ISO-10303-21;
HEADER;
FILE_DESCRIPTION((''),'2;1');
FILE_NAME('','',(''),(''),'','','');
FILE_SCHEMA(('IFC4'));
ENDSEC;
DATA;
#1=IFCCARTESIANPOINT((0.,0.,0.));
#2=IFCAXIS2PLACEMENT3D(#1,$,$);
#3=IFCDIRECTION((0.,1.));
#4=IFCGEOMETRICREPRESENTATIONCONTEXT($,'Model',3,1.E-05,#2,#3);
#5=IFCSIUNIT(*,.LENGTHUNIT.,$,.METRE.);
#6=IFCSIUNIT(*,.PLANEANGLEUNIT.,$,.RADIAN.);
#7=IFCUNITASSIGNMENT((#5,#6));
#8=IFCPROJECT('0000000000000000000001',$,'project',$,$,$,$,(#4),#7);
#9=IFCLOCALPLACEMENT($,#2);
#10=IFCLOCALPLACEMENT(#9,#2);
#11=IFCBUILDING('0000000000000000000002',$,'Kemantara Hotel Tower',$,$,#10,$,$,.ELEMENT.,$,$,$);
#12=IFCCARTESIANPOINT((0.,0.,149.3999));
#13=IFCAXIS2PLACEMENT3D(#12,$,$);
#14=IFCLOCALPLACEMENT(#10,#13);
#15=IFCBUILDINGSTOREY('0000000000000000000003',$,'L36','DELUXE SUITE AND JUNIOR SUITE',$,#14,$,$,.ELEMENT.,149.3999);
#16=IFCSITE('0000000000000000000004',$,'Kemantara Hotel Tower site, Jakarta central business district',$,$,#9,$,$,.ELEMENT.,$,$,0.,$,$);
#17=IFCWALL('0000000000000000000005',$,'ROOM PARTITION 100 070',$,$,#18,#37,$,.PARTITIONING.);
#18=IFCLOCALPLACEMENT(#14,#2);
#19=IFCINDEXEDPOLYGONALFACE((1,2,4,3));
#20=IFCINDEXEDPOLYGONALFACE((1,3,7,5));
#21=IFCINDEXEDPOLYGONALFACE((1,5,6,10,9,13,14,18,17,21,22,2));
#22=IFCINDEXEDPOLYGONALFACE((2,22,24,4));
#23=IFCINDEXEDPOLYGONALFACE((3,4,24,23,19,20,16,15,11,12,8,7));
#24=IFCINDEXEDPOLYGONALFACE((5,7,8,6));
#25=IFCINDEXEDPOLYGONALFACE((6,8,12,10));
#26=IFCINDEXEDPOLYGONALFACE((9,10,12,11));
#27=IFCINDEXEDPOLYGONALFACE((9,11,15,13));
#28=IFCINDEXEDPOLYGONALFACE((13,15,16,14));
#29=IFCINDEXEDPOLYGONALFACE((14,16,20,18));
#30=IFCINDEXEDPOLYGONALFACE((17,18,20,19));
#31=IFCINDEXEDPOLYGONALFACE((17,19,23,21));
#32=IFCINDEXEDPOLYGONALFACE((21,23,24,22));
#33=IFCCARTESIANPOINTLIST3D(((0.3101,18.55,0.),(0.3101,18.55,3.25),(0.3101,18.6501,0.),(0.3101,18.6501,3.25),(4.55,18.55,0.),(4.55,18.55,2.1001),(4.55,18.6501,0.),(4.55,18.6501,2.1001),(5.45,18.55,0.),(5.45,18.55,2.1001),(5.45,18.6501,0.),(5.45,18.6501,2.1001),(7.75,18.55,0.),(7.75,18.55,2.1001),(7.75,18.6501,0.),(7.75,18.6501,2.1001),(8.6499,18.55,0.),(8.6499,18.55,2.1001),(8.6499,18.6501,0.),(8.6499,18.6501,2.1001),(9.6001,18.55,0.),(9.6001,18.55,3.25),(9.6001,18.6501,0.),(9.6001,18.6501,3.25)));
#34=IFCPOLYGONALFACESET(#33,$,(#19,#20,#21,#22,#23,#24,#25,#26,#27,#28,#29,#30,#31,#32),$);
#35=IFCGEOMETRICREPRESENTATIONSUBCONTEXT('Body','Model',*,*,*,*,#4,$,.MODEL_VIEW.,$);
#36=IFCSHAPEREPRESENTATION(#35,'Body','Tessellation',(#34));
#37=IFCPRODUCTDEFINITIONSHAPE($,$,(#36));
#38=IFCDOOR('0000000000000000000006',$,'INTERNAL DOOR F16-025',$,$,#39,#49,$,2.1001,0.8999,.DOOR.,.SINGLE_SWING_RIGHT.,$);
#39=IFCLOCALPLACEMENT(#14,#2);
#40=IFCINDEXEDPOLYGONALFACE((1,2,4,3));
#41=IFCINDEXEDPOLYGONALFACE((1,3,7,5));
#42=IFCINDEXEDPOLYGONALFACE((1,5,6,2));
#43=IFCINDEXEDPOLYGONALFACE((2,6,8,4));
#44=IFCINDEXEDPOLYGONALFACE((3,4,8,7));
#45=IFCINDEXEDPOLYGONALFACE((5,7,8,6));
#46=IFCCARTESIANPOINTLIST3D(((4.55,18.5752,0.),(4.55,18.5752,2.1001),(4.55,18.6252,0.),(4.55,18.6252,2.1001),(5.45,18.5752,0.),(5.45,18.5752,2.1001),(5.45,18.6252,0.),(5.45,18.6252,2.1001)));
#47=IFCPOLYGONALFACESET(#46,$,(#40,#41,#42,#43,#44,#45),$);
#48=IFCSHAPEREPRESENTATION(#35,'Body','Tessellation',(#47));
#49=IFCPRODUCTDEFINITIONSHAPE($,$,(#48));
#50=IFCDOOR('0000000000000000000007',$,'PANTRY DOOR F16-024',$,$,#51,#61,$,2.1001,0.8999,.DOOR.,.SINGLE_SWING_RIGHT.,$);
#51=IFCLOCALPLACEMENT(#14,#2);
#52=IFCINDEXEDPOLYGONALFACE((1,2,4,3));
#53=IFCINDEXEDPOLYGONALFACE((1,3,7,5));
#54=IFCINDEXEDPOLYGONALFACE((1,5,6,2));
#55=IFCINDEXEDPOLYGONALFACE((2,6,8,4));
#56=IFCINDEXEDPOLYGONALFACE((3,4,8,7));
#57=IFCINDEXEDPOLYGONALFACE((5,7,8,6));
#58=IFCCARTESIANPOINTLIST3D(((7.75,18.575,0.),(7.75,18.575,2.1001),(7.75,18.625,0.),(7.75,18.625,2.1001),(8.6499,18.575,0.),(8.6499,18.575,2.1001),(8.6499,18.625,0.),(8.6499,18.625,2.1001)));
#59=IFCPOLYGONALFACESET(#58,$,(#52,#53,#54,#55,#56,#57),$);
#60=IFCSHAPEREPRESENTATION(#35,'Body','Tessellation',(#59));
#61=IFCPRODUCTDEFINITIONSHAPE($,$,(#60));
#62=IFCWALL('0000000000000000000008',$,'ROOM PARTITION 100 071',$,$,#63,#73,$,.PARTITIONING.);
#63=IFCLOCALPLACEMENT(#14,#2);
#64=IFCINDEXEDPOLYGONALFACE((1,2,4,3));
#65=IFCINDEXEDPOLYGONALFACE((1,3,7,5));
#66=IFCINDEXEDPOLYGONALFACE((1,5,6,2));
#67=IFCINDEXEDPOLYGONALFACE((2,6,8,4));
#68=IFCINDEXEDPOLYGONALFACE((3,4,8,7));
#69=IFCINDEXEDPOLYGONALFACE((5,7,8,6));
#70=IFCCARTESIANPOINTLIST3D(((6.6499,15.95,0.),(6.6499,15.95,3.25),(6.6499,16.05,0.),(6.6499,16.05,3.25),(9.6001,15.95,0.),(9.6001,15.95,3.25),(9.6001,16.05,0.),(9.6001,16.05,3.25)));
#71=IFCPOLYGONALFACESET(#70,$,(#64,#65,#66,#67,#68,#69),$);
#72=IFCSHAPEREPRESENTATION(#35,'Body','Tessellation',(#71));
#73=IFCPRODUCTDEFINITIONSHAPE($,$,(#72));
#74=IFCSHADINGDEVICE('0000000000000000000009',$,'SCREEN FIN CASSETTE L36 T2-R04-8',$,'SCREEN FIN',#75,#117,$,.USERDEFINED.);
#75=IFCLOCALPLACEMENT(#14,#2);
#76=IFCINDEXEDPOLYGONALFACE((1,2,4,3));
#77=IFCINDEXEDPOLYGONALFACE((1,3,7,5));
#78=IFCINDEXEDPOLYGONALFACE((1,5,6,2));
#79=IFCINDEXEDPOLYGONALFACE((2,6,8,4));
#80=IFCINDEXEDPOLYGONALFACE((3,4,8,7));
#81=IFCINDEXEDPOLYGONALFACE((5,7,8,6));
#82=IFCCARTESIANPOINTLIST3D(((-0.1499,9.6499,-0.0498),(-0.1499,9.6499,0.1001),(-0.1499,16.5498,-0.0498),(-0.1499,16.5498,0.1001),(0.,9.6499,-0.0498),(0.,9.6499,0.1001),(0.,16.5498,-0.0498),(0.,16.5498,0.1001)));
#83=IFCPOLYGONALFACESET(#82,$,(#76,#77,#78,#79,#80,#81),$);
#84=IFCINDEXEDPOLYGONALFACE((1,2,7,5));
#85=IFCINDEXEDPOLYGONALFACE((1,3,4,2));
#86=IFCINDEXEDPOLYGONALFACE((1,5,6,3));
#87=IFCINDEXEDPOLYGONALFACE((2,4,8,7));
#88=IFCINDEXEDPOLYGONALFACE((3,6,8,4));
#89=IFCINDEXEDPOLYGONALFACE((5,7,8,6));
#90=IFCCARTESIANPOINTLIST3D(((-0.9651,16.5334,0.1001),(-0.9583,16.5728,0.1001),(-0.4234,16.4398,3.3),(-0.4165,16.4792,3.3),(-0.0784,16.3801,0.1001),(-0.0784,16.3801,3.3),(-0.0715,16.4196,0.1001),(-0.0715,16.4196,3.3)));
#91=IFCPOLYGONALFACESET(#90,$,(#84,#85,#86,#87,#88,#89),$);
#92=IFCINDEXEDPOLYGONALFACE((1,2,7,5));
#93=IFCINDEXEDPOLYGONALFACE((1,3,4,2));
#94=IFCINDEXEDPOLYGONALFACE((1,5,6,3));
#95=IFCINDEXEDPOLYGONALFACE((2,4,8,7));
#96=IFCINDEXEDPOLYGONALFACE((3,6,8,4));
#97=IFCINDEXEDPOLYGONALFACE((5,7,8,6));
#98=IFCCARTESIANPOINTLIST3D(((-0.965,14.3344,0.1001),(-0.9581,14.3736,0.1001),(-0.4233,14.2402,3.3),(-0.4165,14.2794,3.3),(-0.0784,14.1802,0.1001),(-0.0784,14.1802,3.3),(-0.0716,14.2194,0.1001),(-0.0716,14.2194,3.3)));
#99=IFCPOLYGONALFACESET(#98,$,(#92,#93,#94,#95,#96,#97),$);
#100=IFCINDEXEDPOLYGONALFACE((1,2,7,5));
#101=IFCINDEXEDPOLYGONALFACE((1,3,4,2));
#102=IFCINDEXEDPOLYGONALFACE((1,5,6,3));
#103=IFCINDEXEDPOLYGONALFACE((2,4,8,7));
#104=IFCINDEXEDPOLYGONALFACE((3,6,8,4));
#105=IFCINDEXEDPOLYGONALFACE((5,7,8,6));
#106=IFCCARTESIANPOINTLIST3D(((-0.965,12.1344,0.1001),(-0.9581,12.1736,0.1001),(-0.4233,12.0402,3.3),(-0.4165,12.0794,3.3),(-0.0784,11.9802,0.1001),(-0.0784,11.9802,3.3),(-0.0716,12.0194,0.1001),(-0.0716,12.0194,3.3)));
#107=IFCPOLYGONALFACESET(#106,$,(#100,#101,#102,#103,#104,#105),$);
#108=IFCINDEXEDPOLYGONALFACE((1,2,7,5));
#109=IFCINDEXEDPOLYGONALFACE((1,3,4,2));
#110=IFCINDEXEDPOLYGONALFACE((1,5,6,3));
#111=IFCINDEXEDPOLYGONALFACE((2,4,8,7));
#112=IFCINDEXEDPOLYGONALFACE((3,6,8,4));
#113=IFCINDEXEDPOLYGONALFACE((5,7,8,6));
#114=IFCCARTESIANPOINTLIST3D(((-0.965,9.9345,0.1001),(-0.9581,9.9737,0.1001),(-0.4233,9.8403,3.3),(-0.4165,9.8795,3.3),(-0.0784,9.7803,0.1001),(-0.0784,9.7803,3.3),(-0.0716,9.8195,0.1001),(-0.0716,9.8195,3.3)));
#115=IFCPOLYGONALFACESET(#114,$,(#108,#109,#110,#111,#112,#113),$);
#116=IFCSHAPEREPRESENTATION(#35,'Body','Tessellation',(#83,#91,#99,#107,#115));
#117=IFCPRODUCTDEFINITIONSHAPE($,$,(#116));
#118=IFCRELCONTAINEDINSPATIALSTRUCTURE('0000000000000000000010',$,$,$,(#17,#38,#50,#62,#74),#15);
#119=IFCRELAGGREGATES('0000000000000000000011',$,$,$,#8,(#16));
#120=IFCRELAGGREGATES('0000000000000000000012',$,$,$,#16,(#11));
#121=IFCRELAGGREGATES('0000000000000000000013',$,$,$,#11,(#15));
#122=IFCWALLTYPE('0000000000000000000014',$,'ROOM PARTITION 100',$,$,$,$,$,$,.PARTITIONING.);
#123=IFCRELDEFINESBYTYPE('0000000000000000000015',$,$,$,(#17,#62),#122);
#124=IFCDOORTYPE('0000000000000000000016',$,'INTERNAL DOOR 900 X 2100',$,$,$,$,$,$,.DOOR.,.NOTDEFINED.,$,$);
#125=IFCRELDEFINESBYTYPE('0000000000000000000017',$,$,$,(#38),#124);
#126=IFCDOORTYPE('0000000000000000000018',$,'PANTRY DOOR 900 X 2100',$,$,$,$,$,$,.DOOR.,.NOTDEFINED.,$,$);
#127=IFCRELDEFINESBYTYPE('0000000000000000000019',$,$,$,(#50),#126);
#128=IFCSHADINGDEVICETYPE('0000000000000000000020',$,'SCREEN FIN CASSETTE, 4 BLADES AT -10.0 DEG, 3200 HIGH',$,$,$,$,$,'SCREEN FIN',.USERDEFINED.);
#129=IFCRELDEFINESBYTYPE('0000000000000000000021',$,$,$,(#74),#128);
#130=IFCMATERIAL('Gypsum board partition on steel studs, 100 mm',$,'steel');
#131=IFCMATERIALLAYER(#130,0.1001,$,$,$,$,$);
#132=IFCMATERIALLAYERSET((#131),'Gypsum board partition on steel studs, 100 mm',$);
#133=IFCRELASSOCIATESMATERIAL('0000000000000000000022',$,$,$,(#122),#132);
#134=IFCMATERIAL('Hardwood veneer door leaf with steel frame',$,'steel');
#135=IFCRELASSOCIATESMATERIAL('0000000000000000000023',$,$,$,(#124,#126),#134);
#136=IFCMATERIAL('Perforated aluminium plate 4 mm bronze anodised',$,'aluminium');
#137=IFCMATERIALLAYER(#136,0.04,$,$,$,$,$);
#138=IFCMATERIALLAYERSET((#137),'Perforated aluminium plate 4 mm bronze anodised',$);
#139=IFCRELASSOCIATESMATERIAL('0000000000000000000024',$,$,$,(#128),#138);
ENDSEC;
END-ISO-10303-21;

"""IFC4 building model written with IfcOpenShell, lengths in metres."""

from ifc_helpers import new_model, si_unit, direction, frame, frame_2d, origin, origin_2d, place, context, subcontext, project, spatial, polyline, rectangle, outline, extrude, source, transform, mapped, material, layer, layer_set, type_object, element, fill, save


model = new_model("IFC4")

# Units and contexts
model_context = context("Model", 3, precision=1e-05, world=origin(), true_north=direction((0.0, 1.0)))
body_context = subcontext(model_context, "Body", "Model", "MODEL_VIEW")
ifc_project = project(units=[si_unit("LENGTHUNIT", "METRE"), si_unit("PLANEANGLEUNIT", "RADIAN")], contexts=[model_context])

# Site, building, storey
site_placement = place(None, origin())
site = spatial("IfcSite", under=ifc_project, at=site_placement, Name="Kemantara Hotel Tower site, Jakarta central business district", CompositionType="ELEMENT", RefElevation=0.0)
building_placement = place(site_placement, origin())
building = spatial("IfcBuilding", under=site, at=building_placement, Name="Kemantara Hotel Tower", CompositionType="ELEMENT")
storey_placement = place(building_placement, frame((0.0, 0.0, 149.3999)))
storey = spatial("IfcBuildingStorey", under=building, at=storey_placement, Name="L36", Description="DELUXE SUITE AND JUNIOR SUITE", CompositionType="ELEMENT", Elevation=149.3999)

# Shared definitions
ifc_material_1 = material(Name="Hardwood veneer door leaf with steel frame", Category="steel")

# Shared definitions
ifc_material_2 = material(Name="Gypsum board partition on steel studs, 100 mm", Category="steel")
ifc_layer_1 = layer(ifc_material_2, 0.1001)
ifc_layer_set_1 = layer_set([ifc_layer_1], Name="Gypsum board partition on steel studs, 100 mm")
wall_type_1 = type_object("IfcWallType", Name="ROOM PARTITION 100", PredefinedType="PARTITIONING", material=ifc_layer_set_1)

# Wall, openings, doors
wall_1_placement = place(storey_placement, frame((0.3101, 18.6001, 0.0), z_axis=(0.0, 0.0, 1.0), x_axis=(1.0, 0.0, 0.0)))
wall_1 = element("IfcWall", 1, at=wall_1_placement, inside=storey, type_object=wall_type_1, Name="ROOM PARTITION 100 070", PredefinedType="PARTITIONING", context=body_context, shape_type="SweptSolid", body=[
    extrude(rectangle(XDim=9.29, YDim=0.1001, at=frame_2d((4.645, 0.0))), origin(), (0.0, 0.0, 1.0), 3.25),
])
opening_1_placement = place(wall_1_placement, frame((7.4399, 0.0, 0.0)))
opening_1 = element("IfcOpeningElement", 2, at=opening_1_placement, cuts=wall_1, PredefinedType="OPENING", context=body_context, shape_type="SweptSolid", body=[
    extrude(rectangle(XDim=0.8999, YDim=2.1001, at=frame_2d((0.45, 1.05))), frame((0.0, 0.0601, 0.0), z_axis=(0.0, -1.0, 0.0), x_axis=(1.0, 0.0, 0.0)), (0.0, 0.0, 1.0), 0.1201),
])
opening_2_placement = place(wall_1_placement, frame((4.24, 0.0, 0.0)))
opening_2 = element("IfcOpeningElement", 3, at=opening_2_placement, cuts=wall_1, PredefinedType="OPENING", context=body_context, shape_type="SweptSolid", body=[
    extrude(rectangle(XDim=0.8999, YDim=2.1001, at=frame_2d((0.45, 1.05))), frame((0.0, 0.0601, 0.0), z_axis=(0.0, -1.0, 0.0), x_axis=(1.0, 0.0, 0.0)), (0.0, 0.0, 1.0), 0.1201),
])
door_type_1 = type_object("IfcDoorType", Name="INTERNAL DOOR 900 X 2100", OperationType="NOTDEFINED", PredefinedType="DOOR", material=ifc_material_1)
door_1_placement = place(opening_2_placement, frame((0.8999, 0.0, 0.0), z_axis=(0.0, 0.0, 1.0), x_axis=(-1.0, 0.0, 0.0)))
door_1 = element("IfcDoor", 4, at=door_1_placement, inside=storey, type_object=door_type_1, Name="INTERNAL DOOR F16-025", OperationType="SINGLE_SWING_RIGHT", OverallHeight=2.1001, OverallWidth=0.8999, PredefinedType="DOOR", context=body_context, shape_type="SweptSolid", body=[
    extrude(rectangle(XDim=0.8999, YDim=2.1001, at=frame_2d((0.45, 1.05))), frame((0.0, 0.0249, 0.0), z_axis=(0.0, -1.0, 0.0), x_axis=(1.0, 0.0, 0.0)), (0.0, 0.0, 1.0), 0.05),
])
fill(opening_2, door_1)
door_type_2 = type_object("IfcDoorType", Name="PANTRY DOOR 900 X 2100", OperationType="NOTDEFINED", PredefinedType="DOOR", material=ifc_material_1)
door_2_placement = place(opening_1_placement, origin())
door_2 = element("IfcDoor", 5, at=door_2_placement, inside=storey, type_object=door_type_2, Name="PANTRY DOOR F16-024", OperationType="SINGLE_SWING_RIGHT", OverallHeight=2.1001, OverallWidth=0.8999, PredefinedType="DOOR", context=body_context, shape_type="SweptSolid", body=[
    extrude(rectangle(XDim=0.8999, YDim=2.1001, at=frame_2d((0.45, 1.05))), frame((0.0, 0.0249, 0.0), z_axis=(0.0, -1.0, 0.0), x_axis=(1.0, 0.0, 0.0)), (0.0, 0.0, 1.0), 0.05),
])
fill(opening_1, door_2)

# Wall
wall_2_placement = place(storey_placement, frame((6.6499, 16.0, 0.0), z_axis=(0.0, 0.0, 1.0), x_axis=(1.0, 0.0, 0.0)))
element("IfcWall", 6, at=wall_2_placement, inside=storey, type_object=wall_type_1, Name="ROOM PARTITION 100 071", PredefinedType="PARTITIONING", context=body_context, shape_type="SweptSolid", body=[
    extrude(rectangle(XDim=2.9502, YDim=0.1001, at=frame_2d((1.4751, 0.0))), origin(), (0.0, 0.0, 1.0), 3.25),
])

# Shading device
ifc_material_3 = material(Name="Perforated aluminium plate 4 mm bronze anodised", Category="aluminium")
ifc_layer_2 = layer(ifc_material_3, 0.04)
ifc_layer_set_2 = layer_set([ifc_layer_2], Name="Perforated aluminium plate 4 mm bronze anodised")
shading_device_type = type_object("IfcShadingDeviceType", Name="SCREEN FIN CASSETTE, 4 BLADES AT -10.0 DEG, 3200 HIGH", ElementType="SCREEN FIN", PredefinedType="USERDEFINED", material=ifc_layer_set_2)
shared_shape = source(origin(), body_context, "Body", "SweptSolid", [
    extrude(rectangle(XDim=6.8999, YDim=0.1499, at=origin_2d()), frame((3.3, -0.075, -0.1499), z_axis=(0.0, 0.0, 1.0), x_axis=(1.0, 0.0, 0.0)), (0.0, 0.0, 1.0), 0.1499),
    extrude(outline(polyline([(0.0, 0.0), (0.8999, 0.0), (0.3501, 3.2), (0.0, 3.2), (0.0, 0.0)])), frame((0.0198, -0.0784, 0.0), z_axis=(-0.98539, 0.170314, 0.0), x_axis=(-0.170314, -0.98539, 0.0)), (0.0, 0.0, 1.0), 0.04),
    extrude(outline(polyline([(0.0, 0.0), (0.8999, 0.0), (0.3501, 3.2), (0.0, 3.2), (0.0, 0.0)])), frame((2.2197, -0.0784, 0.0), z_axis=(-0.985212, 0.171341, 0.0), x_axis=(-0.171341, -0.985212, 0.0)), (0.0, 0.0, 1.0), 0.0398),
    extrude(outline(polyline([(0.0, 0.0), (0.8999, 0.0), (0.3501, 3.2), (0.0, 3.2), (0.0, 0.0)])), frame((4.4197, -0.0784, 0.0), z_axis=(-0.985212, 0.171341, 0.0), x_axis=(-0.171341, -0.985212, 0.0)), (0.0, 0.0, 1.0), 0.0398),
    extrude(outline(polyline([(0.0, 0.0), (0.8999, 0.0), (0.3501, 3.2), (0.0, 3.2), (0.0, 0.0)])), frame((6.6196, -0.0784, 0.0), z_axis=(-0.985212, 0.171341, 0.0), x_axis=(-0.171341, -0.985212, 0.0)), (0.0, 0.0, 1.0), 0.0398),
])
shading_device_placement = place(storey_placement, frame((0.0, 16.3999, 0.1001), z_axis=(0.0, 0.0, 1.0), x_axis=(0.0, -1.0, 0.0)))
element("IfcShadingDevice", 7, at=shading_device_placement, inside=storey, type_object=shading_device_type, Name="SCREEN FIN CASSETTE L36 T2-R04-8", ObjectType="SCREEN FIN", PredefinedType="USERDEFINED", context=body_context, shape_type="MappedRepresentation", body=[
    mapped(shared_shape, transform((0.0, 0.0, 0.0))),
])

save(model, "model.ifc")
